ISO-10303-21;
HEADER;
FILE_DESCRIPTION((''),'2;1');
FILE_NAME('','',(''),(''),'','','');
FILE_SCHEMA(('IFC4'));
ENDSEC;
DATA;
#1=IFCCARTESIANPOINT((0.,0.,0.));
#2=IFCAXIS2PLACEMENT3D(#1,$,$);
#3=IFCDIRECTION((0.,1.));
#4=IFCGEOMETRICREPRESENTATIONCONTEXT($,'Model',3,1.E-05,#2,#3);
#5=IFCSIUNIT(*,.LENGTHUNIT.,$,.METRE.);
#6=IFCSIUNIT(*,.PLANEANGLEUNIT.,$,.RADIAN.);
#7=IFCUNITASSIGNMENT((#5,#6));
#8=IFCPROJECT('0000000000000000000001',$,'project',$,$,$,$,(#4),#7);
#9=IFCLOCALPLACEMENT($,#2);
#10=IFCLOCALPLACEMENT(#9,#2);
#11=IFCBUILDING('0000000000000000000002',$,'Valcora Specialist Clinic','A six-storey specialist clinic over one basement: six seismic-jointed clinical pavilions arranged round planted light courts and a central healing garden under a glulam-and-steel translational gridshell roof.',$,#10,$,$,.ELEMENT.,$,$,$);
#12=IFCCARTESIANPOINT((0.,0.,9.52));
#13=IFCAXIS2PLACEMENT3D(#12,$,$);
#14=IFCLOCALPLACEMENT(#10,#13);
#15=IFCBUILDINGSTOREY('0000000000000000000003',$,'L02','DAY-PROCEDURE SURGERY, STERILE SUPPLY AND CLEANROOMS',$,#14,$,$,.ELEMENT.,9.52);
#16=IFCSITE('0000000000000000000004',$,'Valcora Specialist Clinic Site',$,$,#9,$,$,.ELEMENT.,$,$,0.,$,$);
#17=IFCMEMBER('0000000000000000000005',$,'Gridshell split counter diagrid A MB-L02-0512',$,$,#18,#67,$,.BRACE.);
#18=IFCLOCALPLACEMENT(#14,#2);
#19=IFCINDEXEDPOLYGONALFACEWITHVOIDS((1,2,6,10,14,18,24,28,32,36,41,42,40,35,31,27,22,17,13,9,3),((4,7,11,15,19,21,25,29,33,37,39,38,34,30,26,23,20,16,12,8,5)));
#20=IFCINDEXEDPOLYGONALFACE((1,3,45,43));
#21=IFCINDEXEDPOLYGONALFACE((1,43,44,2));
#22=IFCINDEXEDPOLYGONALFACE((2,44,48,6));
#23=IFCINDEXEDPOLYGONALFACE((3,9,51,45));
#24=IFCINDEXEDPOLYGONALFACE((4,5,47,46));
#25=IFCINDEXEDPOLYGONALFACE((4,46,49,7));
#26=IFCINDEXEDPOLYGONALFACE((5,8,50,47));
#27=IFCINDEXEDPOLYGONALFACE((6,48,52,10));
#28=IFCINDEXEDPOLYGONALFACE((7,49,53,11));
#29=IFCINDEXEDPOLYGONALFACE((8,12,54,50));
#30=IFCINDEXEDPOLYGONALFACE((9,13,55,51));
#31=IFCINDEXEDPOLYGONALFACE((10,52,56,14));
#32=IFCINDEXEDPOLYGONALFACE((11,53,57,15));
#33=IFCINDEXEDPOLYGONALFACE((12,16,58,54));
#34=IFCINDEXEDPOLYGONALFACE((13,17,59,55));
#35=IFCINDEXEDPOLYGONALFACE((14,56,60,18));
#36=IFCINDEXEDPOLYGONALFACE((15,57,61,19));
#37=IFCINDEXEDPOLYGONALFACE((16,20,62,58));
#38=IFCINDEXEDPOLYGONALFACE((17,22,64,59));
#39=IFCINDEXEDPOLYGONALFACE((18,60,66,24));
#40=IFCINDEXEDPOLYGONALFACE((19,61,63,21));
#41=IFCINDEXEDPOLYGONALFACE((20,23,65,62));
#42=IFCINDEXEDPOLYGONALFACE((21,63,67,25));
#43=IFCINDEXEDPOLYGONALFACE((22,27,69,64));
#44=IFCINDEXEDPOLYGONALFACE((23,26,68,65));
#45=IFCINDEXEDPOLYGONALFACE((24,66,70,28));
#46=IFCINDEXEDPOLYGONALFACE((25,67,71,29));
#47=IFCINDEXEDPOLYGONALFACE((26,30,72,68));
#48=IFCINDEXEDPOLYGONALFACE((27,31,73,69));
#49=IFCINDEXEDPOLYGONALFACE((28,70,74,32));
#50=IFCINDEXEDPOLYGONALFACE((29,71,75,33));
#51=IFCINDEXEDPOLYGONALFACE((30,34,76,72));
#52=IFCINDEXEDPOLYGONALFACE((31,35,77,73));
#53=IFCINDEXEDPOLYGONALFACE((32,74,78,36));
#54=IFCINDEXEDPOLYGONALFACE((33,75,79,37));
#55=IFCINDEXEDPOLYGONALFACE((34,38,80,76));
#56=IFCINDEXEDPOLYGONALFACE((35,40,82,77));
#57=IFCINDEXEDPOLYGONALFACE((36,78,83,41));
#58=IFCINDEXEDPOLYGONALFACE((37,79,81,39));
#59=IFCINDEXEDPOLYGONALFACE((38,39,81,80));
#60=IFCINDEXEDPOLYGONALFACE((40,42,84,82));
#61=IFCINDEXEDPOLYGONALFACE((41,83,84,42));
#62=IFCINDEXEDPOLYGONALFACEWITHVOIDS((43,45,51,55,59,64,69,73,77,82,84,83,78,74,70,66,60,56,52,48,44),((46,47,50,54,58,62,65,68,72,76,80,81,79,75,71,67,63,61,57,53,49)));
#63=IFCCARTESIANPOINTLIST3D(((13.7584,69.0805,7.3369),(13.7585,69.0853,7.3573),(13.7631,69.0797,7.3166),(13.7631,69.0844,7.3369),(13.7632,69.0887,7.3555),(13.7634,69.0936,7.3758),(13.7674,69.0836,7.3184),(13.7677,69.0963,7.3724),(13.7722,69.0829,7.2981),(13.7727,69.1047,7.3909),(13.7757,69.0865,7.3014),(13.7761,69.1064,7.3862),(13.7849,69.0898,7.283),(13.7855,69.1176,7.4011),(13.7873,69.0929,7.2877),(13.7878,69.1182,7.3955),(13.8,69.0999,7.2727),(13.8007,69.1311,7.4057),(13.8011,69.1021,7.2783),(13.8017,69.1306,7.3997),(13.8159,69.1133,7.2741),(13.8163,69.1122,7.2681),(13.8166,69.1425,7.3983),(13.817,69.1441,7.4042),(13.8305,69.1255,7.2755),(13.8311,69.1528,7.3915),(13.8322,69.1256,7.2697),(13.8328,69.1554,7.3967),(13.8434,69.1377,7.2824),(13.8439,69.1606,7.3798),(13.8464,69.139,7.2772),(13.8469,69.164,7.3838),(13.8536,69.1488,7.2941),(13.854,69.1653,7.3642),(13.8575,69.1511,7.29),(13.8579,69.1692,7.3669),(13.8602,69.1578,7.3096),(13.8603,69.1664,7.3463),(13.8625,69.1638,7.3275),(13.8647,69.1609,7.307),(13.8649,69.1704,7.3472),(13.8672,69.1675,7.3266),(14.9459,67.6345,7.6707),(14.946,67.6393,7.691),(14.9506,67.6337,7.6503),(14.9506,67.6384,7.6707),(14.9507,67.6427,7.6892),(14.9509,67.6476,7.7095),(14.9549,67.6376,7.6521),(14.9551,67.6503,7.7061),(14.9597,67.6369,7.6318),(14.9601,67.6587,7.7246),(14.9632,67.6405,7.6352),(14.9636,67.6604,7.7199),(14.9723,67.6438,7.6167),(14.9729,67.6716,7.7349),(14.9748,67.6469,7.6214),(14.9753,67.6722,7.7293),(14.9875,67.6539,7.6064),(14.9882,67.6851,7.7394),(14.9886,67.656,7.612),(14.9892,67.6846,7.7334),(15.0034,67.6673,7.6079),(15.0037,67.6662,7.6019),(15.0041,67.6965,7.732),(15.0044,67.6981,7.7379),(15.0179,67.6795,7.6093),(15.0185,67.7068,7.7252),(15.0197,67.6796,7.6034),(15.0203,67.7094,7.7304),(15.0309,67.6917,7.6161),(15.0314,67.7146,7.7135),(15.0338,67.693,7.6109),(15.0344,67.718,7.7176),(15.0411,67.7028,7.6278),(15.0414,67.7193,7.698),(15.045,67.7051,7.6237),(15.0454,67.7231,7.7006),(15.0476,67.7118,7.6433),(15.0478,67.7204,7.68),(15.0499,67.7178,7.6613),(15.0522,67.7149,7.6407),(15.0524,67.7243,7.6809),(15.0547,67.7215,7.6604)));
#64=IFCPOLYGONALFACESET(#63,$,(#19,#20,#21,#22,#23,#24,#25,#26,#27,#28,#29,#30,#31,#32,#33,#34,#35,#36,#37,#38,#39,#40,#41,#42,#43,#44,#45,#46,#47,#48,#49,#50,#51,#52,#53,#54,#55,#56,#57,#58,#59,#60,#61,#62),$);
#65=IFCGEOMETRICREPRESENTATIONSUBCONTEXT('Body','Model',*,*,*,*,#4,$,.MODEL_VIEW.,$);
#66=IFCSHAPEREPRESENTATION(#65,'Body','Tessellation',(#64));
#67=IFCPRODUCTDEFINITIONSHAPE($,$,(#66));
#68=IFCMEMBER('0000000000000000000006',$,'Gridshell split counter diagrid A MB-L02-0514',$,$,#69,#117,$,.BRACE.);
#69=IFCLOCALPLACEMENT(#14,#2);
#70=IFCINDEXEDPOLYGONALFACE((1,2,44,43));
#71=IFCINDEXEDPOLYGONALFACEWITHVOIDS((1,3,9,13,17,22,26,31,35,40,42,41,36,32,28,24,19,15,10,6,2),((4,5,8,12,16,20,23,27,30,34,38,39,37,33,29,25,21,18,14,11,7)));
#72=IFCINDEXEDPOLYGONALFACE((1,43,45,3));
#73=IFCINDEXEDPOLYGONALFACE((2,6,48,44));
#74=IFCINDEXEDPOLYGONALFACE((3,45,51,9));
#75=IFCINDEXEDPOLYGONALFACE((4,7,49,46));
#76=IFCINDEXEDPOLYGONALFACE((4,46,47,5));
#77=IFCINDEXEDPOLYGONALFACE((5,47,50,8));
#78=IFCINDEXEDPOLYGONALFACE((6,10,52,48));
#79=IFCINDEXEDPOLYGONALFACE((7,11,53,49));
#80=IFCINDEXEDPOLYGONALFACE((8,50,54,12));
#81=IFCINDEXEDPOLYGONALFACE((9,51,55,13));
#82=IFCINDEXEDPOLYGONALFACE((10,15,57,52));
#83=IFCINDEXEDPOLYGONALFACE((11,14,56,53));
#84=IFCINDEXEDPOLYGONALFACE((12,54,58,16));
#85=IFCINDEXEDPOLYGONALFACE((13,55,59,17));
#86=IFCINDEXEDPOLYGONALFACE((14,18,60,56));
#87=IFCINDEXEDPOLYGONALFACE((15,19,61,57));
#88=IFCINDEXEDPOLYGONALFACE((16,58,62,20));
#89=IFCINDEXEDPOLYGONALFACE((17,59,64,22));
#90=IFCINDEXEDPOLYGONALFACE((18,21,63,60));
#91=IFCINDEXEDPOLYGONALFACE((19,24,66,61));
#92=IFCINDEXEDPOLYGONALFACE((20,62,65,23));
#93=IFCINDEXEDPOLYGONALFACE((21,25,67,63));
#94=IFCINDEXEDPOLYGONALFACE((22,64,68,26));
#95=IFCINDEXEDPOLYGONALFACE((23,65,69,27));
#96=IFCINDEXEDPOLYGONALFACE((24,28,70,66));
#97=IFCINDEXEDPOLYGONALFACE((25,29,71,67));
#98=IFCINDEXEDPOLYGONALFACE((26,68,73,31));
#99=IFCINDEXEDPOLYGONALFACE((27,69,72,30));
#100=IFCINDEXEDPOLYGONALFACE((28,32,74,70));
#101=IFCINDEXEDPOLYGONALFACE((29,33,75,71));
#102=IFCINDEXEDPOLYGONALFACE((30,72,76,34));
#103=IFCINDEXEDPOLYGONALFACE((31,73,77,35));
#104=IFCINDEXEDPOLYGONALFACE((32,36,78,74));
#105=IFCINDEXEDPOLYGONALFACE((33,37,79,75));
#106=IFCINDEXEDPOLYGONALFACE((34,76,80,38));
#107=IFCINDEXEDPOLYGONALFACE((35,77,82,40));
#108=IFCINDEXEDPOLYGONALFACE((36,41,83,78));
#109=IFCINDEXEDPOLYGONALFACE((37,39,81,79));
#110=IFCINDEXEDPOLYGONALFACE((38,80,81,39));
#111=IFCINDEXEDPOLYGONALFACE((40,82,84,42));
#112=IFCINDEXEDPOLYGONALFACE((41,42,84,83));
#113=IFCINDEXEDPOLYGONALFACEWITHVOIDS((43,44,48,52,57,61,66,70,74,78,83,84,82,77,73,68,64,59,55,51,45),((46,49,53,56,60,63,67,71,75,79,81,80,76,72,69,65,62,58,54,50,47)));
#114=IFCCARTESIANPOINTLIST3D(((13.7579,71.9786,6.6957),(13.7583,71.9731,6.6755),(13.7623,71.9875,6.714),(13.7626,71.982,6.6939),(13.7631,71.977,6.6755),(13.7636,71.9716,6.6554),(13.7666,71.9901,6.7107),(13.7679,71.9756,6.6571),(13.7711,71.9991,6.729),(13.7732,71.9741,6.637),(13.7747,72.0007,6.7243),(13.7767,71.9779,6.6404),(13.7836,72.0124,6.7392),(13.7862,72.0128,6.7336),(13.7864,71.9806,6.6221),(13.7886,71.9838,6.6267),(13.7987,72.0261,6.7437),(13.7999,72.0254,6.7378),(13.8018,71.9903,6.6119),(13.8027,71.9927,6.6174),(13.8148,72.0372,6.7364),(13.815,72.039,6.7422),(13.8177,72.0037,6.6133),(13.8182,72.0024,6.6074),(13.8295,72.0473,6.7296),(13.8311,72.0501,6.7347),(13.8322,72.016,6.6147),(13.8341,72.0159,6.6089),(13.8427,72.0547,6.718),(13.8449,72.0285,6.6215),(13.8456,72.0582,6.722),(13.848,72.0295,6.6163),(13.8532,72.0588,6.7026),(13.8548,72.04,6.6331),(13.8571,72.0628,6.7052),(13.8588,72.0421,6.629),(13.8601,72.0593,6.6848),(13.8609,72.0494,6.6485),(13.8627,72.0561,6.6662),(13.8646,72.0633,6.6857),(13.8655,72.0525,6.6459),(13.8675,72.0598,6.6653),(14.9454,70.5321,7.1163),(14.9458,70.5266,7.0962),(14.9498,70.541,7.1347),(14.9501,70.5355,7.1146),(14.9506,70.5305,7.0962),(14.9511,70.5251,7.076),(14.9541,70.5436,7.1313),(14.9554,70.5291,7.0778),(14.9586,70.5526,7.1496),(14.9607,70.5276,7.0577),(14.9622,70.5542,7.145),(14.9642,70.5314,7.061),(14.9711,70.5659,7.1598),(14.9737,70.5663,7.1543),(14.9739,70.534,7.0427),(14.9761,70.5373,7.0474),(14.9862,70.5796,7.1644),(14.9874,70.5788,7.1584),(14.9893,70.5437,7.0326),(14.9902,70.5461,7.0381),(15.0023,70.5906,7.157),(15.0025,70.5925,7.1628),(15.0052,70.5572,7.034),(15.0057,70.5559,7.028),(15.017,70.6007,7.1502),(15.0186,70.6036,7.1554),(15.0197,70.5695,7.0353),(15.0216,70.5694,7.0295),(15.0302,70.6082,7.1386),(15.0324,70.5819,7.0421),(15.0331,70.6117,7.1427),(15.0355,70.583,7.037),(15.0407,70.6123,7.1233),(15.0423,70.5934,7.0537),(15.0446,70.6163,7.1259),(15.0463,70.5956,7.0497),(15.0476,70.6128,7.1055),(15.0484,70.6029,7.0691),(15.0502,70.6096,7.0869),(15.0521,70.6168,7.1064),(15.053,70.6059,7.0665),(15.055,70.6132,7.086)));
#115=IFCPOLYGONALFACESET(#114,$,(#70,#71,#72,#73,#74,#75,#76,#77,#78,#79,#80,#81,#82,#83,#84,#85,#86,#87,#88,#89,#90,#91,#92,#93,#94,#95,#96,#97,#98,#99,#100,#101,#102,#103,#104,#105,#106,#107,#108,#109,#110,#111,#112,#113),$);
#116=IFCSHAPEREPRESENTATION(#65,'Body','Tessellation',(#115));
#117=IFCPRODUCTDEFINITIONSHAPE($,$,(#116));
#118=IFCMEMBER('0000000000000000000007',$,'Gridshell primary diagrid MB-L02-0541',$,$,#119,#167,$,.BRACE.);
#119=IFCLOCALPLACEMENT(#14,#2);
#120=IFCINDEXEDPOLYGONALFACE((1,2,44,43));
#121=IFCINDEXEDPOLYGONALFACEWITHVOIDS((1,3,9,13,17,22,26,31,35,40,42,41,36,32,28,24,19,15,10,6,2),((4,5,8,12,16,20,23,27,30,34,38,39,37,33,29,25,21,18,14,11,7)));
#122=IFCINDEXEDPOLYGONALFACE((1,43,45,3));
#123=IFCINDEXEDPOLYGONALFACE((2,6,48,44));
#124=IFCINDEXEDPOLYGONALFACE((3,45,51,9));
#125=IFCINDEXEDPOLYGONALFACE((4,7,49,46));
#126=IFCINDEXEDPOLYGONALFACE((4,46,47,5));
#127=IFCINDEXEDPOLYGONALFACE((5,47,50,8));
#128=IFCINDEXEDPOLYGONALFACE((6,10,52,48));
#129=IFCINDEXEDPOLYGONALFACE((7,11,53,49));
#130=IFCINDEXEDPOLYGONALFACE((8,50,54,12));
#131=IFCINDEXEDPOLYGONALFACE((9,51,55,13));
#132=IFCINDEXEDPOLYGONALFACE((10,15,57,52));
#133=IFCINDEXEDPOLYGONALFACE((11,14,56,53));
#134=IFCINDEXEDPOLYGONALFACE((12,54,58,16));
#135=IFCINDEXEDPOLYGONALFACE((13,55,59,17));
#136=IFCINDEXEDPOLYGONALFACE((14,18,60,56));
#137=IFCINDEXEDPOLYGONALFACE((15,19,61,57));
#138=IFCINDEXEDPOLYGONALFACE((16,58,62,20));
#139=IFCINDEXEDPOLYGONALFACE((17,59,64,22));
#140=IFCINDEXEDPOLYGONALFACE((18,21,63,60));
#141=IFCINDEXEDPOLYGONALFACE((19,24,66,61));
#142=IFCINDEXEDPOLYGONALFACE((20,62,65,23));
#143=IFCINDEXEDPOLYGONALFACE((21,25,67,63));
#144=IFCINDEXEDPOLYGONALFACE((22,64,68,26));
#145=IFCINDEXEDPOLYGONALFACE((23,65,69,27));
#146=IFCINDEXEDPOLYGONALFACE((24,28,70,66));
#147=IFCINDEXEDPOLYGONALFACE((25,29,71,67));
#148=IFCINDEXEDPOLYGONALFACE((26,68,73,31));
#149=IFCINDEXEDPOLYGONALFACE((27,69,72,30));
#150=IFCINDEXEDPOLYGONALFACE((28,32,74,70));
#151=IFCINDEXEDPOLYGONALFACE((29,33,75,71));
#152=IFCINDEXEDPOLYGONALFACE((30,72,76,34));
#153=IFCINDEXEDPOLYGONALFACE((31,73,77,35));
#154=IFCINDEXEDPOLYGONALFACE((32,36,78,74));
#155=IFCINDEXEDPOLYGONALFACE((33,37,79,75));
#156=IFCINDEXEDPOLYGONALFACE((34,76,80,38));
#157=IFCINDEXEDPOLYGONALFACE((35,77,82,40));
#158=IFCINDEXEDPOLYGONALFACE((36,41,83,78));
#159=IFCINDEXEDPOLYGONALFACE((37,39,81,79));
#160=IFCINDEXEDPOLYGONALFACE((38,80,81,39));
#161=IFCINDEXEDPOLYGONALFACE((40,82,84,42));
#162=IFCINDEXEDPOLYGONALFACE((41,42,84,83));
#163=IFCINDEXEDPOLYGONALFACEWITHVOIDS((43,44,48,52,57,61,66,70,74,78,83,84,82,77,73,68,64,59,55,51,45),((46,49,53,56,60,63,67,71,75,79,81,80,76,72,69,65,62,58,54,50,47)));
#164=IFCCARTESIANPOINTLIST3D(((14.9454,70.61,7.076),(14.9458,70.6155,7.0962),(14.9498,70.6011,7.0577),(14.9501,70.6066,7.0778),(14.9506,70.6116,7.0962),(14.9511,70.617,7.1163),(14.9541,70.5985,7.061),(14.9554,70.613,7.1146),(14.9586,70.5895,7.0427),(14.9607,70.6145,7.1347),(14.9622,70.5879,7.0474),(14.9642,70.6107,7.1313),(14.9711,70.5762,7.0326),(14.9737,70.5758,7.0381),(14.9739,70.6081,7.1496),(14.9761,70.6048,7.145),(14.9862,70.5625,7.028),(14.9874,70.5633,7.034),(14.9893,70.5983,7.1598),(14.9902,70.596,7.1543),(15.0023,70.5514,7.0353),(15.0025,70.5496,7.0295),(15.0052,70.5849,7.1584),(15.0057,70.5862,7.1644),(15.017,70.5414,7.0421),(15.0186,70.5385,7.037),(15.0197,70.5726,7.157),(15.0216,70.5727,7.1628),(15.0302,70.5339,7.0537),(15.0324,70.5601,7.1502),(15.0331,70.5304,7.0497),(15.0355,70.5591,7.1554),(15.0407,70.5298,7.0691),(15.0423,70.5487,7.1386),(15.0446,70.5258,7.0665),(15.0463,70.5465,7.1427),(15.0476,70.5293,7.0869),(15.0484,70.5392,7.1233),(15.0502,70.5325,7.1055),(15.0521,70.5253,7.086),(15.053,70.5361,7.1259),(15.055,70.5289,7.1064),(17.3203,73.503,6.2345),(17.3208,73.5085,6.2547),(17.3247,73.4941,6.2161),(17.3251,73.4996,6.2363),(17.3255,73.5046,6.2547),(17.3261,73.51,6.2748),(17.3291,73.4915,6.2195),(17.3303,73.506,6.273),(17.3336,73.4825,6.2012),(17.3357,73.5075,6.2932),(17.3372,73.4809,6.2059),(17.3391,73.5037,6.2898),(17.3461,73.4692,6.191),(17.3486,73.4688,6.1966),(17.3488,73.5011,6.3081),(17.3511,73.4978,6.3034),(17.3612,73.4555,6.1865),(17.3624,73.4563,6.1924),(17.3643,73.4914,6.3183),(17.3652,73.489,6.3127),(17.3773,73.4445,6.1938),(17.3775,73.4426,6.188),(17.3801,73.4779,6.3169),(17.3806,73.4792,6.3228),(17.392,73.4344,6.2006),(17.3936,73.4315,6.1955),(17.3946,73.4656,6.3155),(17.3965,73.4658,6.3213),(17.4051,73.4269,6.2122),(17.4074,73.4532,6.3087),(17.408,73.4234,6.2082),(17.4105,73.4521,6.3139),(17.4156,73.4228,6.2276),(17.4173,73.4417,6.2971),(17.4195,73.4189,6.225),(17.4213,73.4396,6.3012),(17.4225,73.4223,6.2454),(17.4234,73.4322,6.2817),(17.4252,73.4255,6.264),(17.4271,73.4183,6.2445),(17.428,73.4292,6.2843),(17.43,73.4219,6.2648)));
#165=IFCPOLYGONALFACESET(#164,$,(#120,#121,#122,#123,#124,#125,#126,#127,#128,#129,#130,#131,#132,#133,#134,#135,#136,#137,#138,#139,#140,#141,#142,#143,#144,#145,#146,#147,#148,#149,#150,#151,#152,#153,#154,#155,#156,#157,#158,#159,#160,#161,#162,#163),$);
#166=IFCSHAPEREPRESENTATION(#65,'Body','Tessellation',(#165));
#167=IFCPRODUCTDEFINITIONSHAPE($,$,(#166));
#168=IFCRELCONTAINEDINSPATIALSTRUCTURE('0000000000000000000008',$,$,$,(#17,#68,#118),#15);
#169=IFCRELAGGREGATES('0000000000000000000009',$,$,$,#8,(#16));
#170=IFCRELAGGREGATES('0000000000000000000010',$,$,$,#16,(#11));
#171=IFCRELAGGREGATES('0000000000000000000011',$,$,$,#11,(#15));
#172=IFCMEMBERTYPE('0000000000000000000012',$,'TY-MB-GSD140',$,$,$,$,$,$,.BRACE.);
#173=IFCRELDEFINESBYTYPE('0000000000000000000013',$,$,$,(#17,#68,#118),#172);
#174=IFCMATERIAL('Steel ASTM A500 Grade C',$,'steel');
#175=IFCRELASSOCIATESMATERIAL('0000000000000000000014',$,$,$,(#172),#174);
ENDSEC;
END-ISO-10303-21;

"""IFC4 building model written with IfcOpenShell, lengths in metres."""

from ifc_helpers import new_model, si_unit, direction, frame, origin, origin_2d, place, context, subcontext, project, spatial, hollow_circle, extrude, material, material_profile, profile_set, type_object, element, save


model = new_model("IFC4")

# Units and contexts
model_context = context("Model", 3, precision=1e-05, world=origin(), true_north=direction((0.0, 1.0)))
body_context = subcontext(model_context, "Body", "Model", "MODEL_VIEW")
ifc_project = project(units=[si_unit("LENGTHUNIT", "METRE"), si_unit("PLANEANGLEUNIT", "RADIAN")], contexts=[model_context])

# Site, building, storey
site_placement = place(None, origin())
site = spatial("IfcSite", under=ifc_project, at=site_placement, Name="Valcora Specialist Clinic Site", CompositionType="ELEMENT", RefElevation=0.0)
building_placement = place(site_placement, origin())
building = spatial("IfcBuilding", under=site, at=building_placement, Name="Valcora Specialist Clinic", Description="A six-storey specialist clinic over one basement: six seismic-jointed clinical pavilions arranged round planted light courts and a central healing garden under a glulam-and-steel translational gridshell roof.", CompositionType="ELEMENT")
storey_placement = place(building_placement, frame((0.0, 0.0, 9.52)))
storey = spatial("IfcBuildingStorey", under=building, at=storey_placement, Name="L02", Description="DAY-PROCEDURE SURGERY, STERILE SUPPLY AND CLEANROOMS", CompositionType="ELEMENT", Elevation=9.52)

# Members
ifc_material_1 = material(Name="Steel ASTM A500 Grade C", Category="steel")
ifc_material_profile_1 = material_profile(ifc_material_1, hollow_circle(Radius=0.0701, WallThickness=0.0061, at=origin_2d()), Name="ST-CHS-140X6")
ifc_profile_set_1 = profile_set([ifc_material_profile_1], Name="Steel ASTM A500 Grade C")
member_type_1 = type_object("IfcMemberType", Name="TY-MB-GSD140", PredefinedType="BRACE", material=ifc_profile_set_1)
member_1_placement = place(storey_placement, frame((15.0, 67.679, 7.6707), z_axis=(-0.624776, 0.760804, -0.17559), x_axis=(-0.772811, -0.634636, 0.0)))
element("IfcMember", 1, at=member_1_placement, inside=storey, type_object=member_type_1, Name="Gridshell split counter diagrid A MB-L02-0512", PredefinedType="BRACE", context=body_context, shape_type="SweptSolid", body=[
    extrude(hollow_circle(Radius=0.0701, WallThickness=0.0061, at=origin_2d()), origin(), (0.0, 0.0, 1.0), 1.9006),
])
member_2_placement = place(storey_placement, frame((15.0, 70.571, 7.0962), z_axis=(-0.619064, 0.754102, -0.219294), x_axis=(-0.772916, -0.634508, 0.0)))
element("IfcMember", 2, at=member_2_placement, inside=storey, type_object=member_type_1, Name="Gridshell split counter diagrid A MB-L02-0514", PredefinedType="BRACE", context=body_context, shape_type="SweptSolid", body=[
    extrude(hollow_circle(Radius=0.0701, WallThickness=0.0061, at=origin_2d()), origin(), (0.0, 0.0, 1.0), 1.9182),
])
member_3_placement = place(storey_placement, frame((15.0, 70.571, 7.0962), z_axis=(0.619055, 0.754092, -0.219355), x_axis=(-0.772916, 0.634508, 0.0)))
element("IfcMember", 3, at=member_3_placement, inside=storey, type_object=member_type_1, Name="Gridshell primary diagrid MB-L02-0541", PredefinedType="BRACE", context=body_context, shape_type="SweptSolid", body=[
    extrude(hollow_circle(Radius=0.0701, WallThickness=0.0061, at=origin_2d()), origin(), (0.0, 0.0, 1.0), 3.8364),
])

save(model, "model.ifc")
